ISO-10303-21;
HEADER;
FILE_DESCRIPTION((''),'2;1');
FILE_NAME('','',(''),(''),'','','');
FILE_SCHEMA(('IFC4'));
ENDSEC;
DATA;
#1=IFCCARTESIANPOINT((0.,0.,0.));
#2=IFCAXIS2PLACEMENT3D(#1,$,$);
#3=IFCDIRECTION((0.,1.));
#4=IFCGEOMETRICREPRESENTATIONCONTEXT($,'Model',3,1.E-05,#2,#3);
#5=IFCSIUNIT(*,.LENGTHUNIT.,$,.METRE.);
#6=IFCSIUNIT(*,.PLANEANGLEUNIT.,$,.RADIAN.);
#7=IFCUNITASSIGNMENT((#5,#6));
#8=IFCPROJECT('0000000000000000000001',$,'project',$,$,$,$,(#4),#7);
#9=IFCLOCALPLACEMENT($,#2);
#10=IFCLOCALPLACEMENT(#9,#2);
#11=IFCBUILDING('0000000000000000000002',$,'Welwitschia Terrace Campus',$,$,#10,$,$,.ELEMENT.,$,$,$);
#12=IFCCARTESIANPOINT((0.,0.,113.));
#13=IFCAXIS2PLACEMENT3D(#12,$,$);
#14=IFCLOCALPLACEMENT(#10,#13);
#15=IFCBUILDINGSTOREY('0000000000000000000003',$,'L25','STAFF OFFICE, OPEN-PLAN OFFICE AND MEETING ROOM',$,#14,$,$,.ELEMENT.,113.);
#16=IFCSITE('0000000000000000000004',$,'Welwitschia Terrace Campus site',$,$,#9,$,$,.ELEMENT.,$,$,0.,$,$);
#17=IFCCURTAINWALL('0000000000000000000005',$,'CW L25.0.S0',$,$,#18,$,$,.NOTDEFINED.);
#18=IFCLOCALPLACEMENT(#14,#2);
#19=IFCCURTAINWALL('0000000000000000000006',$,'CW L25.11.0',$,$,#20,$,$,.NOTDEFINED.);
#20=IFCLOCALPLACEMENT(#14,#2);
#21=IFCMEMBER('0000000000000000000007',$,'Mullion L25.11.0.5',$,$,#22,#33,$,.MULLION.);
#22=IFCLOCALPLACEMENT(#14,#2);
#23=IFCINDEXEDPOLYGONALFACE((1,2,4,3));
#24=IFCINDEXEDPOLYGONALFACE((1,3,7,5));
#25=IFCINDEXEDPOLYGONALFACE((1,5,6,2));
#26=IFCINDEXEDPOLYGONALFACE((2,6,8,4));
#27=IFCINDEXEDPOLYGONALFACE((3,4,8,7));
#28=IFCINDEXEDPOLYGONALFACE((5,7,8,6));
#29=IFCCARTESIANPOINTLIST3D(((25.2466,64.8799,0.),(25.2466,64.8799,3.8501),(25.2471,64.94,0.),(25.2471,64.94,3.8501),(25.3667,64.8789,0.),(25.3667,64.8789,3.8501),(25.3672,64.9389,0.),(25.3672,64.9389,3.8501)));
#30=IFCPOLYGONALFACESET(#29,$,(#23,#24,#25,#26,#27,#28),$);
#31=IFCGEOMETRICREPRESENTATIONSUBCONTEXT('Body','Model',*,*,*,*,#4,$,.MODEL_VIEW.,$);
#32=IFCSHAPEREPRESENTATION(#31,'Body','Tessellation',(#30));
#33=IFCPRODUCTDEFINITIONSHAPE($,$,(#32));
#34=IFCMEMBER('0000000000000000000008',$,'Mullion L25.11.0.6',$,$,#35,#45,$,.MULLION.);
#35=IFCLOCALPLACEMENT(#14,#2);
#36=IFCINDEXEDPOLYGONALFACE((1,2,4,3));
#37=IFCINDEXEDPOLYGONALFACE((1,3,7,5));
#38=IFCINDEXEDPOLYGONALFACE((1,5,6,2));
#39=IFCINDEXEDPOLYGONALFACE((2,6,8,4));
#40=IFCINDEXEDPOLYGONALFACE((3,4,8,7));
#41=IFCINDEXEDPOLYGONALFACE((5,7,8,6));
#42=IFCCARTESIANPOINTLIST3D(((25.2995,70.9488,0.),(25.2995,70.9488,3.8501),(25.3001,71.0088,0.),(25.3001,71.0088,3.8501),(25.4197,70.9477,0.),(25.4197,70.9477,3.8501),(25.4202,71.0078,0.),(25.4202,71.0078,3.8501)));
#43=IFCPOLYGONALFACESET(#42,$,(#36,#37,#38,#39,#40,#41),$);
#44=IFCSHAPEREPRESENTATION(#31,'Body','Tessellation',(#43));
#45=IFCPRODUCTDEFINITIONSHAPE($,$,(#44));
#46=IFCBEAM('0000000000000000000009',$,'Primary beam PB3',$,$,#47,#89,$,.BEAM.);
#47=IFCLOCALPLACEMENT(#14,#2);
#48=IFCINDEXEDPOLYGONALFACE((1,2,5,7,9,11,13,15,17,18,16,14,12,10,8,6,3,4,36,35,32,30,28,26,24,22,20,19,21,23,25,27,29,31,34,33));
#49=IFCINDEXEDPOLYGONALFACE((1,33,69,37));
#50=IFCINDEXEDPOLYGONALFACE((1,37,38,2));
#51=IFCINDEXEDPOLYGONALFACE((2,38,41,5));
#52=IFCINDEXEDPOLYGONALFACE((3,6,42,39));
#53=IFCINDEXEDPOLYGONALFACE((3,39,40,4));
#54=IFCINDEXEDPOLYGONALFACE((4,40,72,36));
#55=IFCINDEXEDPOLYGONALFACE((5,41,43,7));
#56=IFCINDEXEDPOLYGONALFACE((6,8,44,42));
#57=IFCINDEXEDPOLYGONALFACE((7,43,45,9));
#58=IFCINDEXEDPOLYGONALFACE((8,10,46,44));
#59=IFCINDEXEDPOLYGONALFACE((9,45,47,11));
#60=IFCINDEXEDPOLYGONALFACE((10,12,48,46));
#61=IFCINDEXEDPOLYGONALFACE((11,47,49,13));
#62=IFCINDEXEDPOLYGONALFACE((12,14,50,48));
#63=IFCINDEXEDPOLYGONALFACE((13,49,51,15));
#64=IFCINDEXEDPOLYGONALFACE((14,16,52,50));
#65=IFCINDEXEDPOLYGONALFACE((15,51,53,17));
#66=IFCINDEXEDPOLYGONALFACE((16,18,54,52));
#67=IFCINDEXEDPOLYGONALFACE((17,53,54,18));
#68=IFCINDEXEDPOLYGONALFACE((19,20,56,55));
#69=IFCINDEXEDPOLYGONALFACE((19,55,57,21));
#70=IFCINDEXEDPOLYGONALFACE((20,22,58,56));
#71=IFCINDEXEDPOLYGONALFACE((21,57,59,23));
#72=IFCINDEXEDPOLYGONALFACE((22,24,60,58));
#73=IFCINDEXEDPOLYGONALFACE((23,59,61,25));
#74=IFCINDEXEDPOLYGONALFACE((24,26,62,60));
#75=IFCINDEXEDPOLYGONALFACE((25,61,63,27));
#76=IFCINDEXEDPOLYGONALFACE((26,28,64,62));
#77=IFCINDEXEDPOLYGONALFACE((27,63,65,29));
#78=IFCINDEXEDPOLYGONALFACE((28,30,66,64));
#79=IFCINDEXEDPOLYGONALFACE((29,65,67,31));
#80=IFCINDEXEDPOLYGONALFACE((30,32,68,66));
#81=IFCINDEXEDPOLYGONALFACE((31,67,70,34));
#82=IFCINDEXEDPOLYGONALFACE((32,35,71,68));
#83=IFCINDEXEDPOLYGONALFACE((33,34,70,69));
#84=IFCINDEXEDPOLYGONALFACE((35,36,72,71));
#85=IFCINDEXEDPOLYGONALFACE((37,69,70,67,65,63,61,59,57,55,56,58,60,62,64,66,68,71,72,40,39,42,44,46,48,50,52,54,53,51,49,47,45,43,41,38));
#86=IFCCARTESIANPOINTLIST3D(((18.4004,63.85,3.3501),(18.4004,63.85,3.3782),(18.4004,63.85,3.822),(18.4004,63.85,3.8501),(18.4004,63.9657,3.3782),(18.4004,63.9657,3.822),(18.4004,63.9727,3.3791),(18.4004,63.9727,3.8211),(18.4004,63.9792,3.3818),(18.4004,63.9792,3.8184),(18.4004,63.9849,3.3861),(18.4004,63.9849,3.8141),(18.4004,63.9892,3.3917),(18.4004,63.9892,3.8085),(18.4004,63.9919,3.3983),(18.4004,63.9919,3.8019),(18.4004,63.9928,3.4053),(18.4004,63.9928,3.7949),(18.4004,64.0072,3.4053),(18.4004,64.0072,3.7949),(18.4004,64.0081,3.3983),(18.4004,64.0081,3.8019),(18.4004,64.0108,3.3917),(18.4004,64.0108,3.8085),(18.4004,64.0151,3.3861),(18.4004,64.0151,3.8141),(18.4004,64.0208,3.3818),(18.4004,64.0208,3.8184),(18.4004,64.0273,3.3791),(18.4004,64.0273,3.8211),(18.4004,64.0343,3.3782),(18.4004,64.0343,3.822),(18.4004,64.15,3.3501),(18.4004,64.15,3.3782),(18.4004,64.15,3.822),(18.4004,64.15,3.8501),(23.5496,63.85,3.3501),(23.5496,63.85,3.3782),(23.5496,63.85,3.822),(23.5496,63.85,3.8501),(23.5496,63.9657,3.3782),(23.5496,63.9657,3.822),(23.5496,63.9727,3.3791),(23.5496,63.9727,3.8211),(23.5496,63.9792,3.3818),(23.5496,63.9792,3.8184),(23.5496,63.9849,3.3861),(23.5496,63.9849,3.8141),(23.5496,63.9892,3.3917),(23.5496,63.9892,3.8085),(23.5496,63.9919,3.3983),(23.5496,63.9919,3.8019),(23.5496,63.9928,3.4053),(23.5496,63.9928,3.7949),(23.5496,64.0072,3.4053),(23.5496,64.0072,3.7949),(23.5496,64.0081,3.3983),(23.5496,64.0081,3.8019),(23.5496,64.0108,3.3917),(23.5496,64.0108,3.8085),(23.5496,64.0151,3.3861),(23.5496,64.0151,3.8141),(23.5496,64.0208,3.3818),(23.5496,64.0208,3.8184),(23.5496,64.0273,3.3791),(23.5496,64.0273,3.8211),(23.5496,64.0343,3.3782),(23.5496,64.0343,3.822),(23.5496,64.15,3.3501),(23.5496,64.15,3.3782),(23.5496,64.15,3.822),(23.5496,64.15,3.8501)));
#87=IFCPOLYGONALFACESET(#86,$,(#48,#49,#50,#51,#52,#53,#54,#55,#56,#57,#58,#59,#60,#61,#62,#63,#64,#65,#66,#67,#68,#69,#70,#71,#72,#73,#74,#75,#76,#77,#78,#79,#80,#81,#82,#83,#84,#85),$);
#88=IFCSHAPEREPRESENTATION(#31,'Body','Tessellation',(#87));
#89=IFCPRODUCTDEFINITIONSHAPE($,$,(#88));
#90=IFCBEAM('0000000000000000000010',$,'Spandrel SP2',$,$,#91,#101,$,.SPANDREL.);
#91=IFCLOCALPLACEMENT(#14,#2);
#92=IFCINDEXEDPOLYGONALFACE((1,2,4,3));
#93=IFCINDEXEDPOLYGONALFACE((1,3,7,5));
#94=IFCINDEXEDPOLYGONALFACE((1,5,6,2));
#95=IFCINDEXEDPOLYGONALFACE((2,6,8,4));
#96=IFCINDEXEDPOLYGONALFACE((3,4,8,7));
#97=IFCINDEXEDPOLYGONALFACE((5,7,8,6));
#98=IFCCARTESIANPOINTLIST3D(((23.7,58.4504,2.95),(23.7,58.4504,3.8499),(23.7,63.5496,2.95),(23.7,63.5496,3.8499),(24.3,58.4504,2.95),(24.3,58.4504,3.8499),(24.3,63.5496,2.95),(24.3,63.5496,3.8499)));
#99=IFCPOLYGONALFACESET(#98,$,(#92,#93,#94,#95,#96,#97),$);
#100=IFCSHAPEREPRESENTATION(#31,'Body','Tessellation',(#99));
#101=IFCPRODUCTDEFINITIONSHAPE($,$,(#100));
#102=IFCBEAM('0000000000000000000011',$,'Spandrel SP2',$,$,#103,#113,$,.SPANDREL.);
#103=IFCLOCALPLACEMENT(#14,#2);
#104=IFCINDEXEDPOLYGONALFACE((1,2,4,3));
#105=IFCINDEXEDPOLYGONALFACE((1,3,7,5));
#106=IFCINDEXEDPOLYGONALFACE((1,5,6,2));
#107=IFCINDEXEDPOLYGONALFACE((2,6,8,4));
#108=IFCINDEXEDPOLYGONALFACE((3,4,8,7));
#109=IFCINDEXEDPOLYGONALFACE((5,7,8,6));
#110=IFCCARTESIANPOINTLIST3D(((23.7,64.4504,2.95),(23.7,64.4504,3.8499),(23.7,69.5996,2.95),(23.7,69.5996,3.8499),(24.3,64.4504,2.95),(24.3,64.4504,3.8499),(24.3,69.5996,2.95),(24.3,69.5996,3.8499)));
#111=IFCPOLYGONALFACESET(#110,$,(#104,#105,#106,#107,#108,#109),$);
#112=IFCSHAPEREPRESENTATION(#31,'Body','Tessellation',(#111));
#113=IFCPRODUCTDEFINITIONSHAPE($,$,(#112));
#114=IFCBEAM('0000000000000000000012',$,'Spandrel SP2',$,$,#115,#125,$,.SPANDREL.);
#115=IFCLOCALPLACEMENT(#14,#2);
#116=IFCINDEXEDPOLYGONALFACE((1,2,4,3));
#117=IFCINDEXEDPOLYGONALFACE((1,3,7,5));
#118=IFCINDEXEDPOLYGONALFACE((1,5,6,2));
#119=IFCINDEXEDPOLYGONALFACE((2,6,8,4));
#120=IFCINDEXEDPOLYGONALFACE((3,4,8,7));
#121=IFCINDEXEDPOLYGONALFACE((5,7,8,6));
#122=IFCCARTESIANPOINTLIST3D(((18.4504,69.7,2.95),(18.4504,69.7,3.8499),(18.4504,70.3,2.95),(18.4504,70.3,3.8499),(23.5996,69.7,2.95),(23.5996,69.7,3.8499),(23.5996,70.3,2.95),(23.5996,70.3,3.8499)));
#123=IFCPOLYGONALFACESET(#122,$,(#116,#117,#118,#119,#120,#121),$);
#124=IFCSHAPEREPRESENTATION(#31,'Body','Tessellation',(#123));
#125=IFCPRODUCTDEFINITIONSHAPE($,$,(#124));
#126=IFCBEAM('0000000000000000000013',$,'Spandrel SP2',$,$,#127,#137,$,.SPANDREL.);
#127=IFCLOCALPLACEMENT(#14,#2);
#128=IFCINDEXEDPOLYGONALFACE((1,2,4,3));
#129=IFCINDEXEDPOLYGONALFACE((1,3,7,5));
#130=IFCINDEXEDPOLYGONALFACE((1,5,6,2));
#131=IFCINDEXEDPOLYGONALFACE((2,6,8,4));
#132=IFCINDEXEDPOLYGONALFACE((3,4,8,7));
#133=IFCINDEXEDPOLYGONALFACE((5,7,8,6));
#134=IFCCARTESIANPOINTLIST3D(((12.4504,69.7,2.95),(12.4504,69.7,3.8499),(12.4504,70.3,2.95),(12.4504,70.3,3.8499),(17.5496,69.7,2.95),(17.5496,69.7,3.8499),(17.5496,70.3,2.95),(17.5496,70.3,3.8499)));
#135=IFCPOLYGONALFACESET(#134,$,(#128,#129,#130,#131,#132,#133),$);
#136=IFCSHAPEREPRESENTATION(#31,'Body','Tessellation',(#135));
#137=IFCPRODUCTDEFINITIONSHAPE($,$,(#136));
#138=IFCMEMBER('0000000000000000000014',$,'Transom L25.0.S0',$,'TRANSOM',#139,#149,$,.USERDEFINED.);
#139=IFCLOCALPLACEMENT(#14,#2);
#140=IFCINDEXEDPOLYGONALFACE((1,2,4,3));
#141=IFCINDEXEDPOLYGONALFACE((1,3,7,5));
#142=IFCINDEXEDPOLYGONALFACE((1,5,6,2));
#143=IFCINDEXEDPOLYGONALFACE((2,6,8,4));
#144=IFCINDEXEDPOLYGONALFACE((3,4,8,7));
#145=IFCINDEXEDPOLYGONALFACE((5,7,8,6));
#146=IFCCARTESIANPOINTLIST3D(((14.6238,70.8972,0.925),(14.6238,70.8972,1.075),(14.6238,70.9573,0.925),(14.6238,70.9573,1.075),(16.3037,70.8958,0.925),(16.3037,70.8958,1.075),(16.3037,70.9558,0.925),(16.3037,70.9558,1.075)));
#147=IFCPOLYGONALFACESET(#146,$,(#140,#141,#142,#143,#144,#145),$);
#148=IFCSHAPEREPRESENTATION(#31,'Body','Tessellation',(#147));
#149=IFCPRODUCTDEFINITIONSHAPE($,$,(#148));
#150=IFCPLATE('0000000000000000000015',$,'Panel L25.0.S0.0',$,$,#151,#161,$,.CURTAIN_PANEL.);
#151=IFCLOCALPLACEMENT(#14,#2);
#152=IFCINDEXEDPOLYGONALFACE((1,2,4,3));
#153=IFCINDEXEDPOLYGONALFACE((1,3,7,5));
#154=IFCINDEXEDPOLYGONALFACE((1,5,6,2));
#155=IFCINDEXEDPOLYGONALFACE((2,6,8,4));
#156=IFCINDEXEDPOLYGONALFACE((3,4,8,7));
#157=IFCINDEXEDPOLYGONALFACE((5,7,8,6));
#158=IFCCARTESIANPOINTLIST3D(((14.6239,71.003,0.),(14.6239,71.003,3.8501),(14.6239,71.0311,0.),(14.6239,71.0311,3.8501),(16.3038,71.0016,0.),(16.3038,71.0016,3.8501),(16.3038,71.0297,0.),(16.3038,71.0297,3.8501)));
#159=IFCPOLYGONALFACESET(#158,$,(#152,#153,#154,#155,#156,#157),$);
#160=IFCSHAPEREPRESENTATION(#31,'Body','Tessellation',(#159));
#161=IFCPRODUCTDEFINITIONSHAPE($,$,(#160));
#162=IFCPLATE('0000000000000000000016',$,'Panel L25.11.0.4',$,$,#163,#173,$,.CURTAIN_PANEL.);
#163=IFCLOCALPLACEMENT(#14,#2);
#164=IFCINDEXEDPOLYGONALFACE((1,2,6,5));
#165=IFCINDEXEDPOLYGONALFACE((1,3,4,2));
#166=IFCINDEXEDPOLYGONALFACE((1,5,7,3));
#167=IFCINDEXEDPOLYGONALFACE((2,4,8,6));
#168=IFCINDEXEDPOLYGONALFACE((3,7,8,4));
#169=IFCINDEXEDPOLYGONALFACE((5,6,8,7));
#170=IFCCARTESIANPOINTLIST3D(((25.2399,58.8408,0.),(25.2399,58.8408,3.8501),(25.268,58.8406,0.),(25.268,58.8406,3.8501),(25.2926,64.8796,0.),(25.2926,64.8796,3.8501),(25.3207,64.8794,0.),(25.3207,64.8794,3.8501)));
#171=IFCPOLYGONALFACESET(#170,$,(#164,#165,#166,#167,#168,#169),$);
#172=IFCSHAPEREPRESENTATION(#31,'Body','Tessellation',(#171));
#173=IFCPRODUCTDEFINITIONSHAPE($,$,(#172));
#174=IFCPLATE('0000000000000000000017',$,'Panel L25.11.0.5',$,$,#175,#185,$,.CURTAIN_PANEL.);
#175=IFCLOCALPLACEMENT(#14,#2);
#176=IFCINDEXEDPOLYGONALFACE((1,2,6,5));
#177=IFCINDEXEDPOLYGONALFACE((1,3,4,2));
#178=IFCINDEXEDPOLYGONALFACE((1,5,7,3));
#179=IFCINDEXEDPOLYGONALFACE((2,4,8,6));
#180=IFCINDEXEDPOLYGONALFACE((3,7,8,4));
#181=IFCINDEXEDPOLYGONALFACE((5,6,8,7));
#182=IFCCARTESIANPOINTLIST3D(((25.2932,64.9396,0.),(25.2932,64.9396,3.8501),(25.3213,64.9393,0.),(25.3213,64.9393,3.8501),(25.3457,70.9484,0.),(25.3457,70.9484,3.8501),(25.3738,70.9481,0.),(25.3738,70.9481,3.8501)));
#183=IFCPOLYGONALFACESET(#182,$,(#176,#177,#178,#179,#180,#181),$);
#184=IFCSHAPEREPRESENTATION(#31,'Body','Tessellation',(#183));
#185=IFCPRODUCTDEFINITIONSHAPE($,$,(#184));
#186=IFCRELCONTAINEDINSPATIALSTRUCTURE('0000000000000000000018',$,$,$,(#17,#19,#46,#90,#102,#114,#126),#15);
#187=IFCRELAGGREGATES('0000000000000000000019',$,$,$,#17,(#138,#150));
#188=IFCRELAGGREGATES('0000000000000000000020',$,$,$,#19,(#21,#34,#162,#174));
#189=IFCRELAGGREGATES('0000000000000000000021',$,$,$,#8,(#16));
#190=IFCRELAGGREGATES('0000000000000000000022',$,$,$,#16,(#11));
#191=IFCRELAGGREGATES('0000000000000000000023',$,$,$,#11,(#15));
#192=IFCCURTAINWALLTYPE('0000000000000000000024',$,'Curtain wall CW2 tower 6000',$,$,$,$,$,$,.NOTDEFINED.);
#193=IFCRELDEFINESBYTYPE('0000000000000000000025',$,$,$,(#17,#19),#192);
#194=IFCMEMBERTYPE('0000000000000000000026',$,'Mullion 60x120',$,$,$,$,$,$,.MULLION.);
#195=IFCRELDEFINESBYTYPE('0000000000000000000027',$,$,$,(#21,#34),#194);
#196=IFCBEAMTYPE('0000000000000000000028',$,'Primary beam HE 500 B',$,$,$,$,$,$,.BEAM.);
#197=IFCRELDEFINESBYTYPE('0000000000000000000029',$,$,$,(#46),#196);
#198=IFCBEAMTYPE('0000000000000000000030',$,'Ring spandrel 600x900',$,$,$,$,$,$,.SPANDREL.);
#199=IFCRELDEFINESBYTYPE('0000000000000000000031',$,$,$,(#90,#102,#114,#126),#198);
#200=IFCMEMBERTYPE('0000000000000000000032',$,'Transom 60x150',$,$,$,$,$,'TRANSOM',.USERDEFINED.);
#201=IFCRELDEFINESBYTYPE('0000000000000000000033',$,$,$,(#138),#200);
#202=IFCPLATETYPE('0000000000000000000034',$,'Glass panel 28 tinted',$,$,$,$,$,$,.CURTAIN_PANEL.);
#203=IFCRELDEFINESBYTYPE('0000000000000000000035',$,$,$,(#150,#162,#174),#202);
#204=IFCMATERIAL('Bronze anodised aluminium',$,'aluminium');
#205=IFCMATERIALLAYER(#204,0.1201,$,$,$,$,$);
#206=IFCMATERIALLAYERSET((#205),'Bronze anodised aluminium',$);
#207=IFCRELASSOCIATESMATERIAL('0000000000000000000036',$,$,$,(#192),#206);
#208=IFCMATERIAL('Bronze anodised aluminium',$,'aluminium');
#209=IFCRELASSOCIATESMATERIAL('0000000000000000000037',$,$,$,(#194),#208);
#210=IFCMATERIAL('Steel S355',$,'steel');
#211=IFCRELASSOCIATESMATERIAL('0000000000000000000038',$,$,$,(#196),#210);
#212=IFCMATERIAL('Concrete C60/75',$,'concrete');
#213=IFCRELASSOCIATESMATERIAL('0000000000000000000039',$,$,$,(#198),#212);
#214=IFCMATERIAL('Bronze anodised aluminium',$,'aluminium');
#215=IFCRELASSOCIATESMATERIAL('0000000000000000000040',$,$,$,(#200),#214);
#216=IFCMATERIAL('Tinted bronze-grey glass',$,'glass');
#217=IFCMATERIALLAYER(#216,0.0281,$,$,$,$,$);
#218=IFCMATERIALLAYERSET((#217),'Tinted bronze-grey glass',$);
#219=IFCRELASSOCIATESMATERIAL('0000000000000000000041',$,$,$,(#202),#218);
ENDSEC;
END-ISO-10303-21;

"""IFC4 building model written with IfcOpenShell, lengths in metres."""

from ifc_helpers import new_model, si_unit, direction, frame, origin, origin_2d, place, context, subcontext, project, spatial, rectangle, i_section, extrude, material, layer, layer_set, material_profile, profile_set, type_object, element, aggregate, save


model = new_model("IFC4")

# Units and contexts
model_context = context("Model", 3, precision=1e-05, world=origin(), true_north=direction((0.0, 1.0)))
body_context = subcontext(model_context, "Body", "Model", "MODEL_VIEW")
ifc_project = project(units=[si_unit("LENGTHUNIT", "METRE"), si_unit("PLANEANGLEUNIT", "RADIAN")], contexts=[model_context])

# Site, building, storey
site_placement = place(None, origin())
site = spatial("IfcSite", under=ifc_project, at=site_placement, Name="Welwitschia Terrace Campus site", CompositionType="ELEMENT", RefElevation=0.0)
building_placement = place(site_placement, origin())
building = spatial("IfcBuilding", under=site, at=building_placement, Name="Welwitschia Terrace Campus", CompositionType="ELEMENT")
storey_placement = place(building_placement, frame((0.0, 0.0, 113.0)))
storey = spatial("IfcBuildingStorey", under=building, at=storey_placement, Name="L25", Description="STAFF OFFICE, OPEN-PLAN OFFICE AND MEETING ROOM", CompositionType="ELEMENT", Elevation=113.0)

# Curtain walls, members
ifc_material_1 = material(Name="Bronze anodised aluminium", Category="aluminium")
ifc_layer_1 = layer(ifc_material_1, 0.1201)
ifc_layer_set_1 = layer_set([ifc_layer_1], Name="Bronze anodised aluminium")
curtain_wall_type = type_object("IfcCurtainWallType", Name="Curtain wall CW2 tower 6000", PredefinedType="NOTDEFINED", material=ifc_layer_set_1)
curtain_wall_1_placement = place(storey_placement, origin())
curtain_wall_1 = element("IfcCurtainWall", 1, at=curtain_wall_1_placement, inside=storey, type_object=curtain_wall_type, Name="CW L25.0.S0", PredefinedType="NOTDEFINED")
ifc_material_2 = material(Name="Bronze anodised aluminium", Category="aluminium")
ifc_material_profile_1 = material_profile(ifc_material_2, rectangle(XDim=0.1201, YDim=0.0601, at=origin_2d()))
ifc_profile_set_1 = profile_set([ifc_material_profile_1], Name="Bronze anodised aluminium")
member_type_1 = type_object("IfcMemberType", Name="Mullion 60x120", PredefinedType="MULLION", material=ifc_profile_set_1)
curtain_wall_2_placement = place(storey_placement, origin())
curtain_wall_2 = element("IfcCurtainWall", 2, at=curtain_wall_2_placement, inside=storey, type_object=curtain_wall_type, Name="CW L25.11.0", PredefinedType="NOTDEFINED")
member_1_placement = place(storey_placement, frame((25.3069, 64.9094, 0.0), z_axis=(0.0, 0.0, 1.0), x_axis=(-0.999962, 0.008727, 0.0)))
member_1 = element("IfcMember", 3, at=member_1_placement, type_object=member_type_1, Name="Mullion L25.11.0.5", PredefinedType="MULLION", context=body_context, shape_type="SweptSolid", body=[
    extrude(rectangle(XDim=0.1201, YDim=0.0601, at=origin_2d()), origin(), (0.0, 0.0, 1.0), 3.8501),
])
member_2_placement = place(storey_placement, frame((25.3599, 70.9783, 0.0), z_axis=(0.0, 0.0, 1.0), x_axis=(-0.999962, 0.008727, 0.0)))
member_2 = element("IfcMember", 4, at=member_2_placement, type_object=member_type_1, Name="Mullion L25.11.0.6", PredefinedType="MULLION", context=body_context, shape_type="SweptSolid", body=[
    extrude(rectangle(XDim=0.1201, YDim=0.0601, at=origin_2d()), origin(), (0.0, 0.0, 1.0), 3.8501),
])

# Beams
ifc_material_3 = material(Name="Steel S355", Category="steel")
ifc_material_profile_2 = material_profile(ifc_material_3, i_section(OverallWidth=0.3, OverallDepth=0.5, WebThickness=0.0144, FlangeThickness=0.0281, FilletRadius=0.0271, at=origin_2d()))
ifc_profile_set_2 = profile_set([ifc_material_profile_2], Name="Steel S355")
beam_type_1 = type_object("IfcBeamType", Name="Primary beam HE 500 B", PredefinedType="BEAM", material=ifc_profile_set_2)
beam_1_placement = place(storey_placement, frame((23.5496, 64.0, 3.6001), z_axis=(-1.0, 0.0, 0.0), x_axis=(0.0, -1.0, 0.0)))
element("IfcBeam", 5, at=beam_1_placement, inside=storey, type_object=beam_type_1, Name="Primary beam PB3", PredefinedType="BEAM", context=body_context, shape_type="SweptSolid", body=[
    extrude(i_section(OverallWidth=0.3, OverallDepth=0.5, WebThickness=0.0144, FlangeThickness=0.0281, FilletRadius=0.0271, at=origin_2d()), origin(), (0.0, 0.0, 1.0), 5.1492),
])
ifc_material_4 = material(Name="Concrete C60/75", Category="concrete")
ifc_material_profile_3 = material_profile(ifc_material_4, rectangle(XDim=0.6001, YDim=0.8999, at=origin_2d()))
ifc_profile_set_3 = profile_set([ifc_material_profile_3], Name="Concrete C60/75")
beam_type_2 = type_object("IfcBeamType", Name="Ring spandrel 600x900", PredefinedType="SPANDREL", material=ifc_profile_set_3)
beam_2_placement = place(storey_placement, frame((24.0, 58.4504, 3.3999), z_axis=(0.0, 1.0, 0.0), x_axis=(-1.0, 0.0, 0.0)))
element("IfcBeam", 6, at=beam_2_placement, inside=storey, type_object=beam_type_2, Name="Spandrel SP2", PredefinedType="SPANDREL", context=body_context, shape_type="SweptSolid", body=[
    extrude(rectangle(XDim=0.6001, YDim=0.8999, at=origin_2d()), origin(), (0.0, 0.0, 1.0), 5.0991),
])
for number, where, z_axis, x_axis, name in (
    (7, (24.0, 64.4504, 3.3999), (0.0, 1.0, 0.0), (-1.0, 0.0, 0.0), "Spandrel SP2"),
    (8, (23.5996, 70.0, 3.3999), (-1.0, 0.0, 0.0), (0.0, -1.0, 0.0), "Spandrel SP2"),
):
    element("IfcBeam", number, at=place(storey_placement, frame(where, z_axis=z_axis, x_axis=x_axis)), inside=storey, type_object=beam_type_2, Name=name, PredefinedType="SPANDREL", context=body_context, shape_type="SweptSolid", body=[
        extrude(rectangle(XDim=0.6001, YDim=0.8999, at=origin_2d()), origin(), (0.0, 0.0, 1.0), 5.1492),
    ])
beam_3_placement = place(storey_placement, frame((17.5496, 70.0, 3.3999), z_axis=(-1.0, 0.0, 0.0), x_axis=(0.0, -1.0, 0.0)))
element("IfcBeam", 9, at=beam_3_placement, inside=storey, type_object=beam_type_2, Name="Spandrel SP2", PredefinedType="SPANDREL", context=body_context, shape_type="SweptSolid", body=[
    extrude(rectangle(XDim=0.6001, YDim=0.8999, at=origin_2d()), origin(), (0.0, 0.0, 1.0), 5.0991),
])

# Member
ifc_material_5 = material(Name="Bronze anodised aluminium", Category="aluminium")
ifc_material_profile_4 = material_profile(ifc_material_5, rectangle(XDim=0.0601, YDim=0.1499, at=origin_2d()))
ifc_profile_set_4 = profile_set([ifc_material_profile_4], Name="Bronze anodised aluminium")
member_type_2 = type_object("IfcMemberType", Name="Transom 60x150", ElementType="TRANSOM", PredefinedType="USERDEFINED", material=ifc_profile_set_4)
member_3_placement = place(storey_placement, frame((16.3037, 70.9258, 1.0), z_axis=(-1.0, 0.000872, 0.0), x_axis=(-0.000872, -1.0, 0.0)))
member_3 = element("IfcMember", 10, at=member_3_placement, type_object=member_type_2, Name="Transom L25.0.S0", ObjectType="TRANSOM", PredefinedType="USERDEFINED", context=body_context, shape_type="SweptSolid", body=[
    extrude(rectangle(XDim=0.0601, YDim=0.1499, at=origin_2d()), origin(), (0.0, 0.0, 1.0), 1.6799),
])

# Plates
ifc_material_6 = material(Name="Tinted bronze-grey glass", Category="glass")
ifc_layer_2 = layer(ifc_material_6, 0.0281)
ifc_layer_set_2 = layer_set([ifc_layer_2], Name="Tinted bronze-grey glass")
plate_type = type_object("IfcPlateType", Name="Glass panel 28 tinted", PredefinedType="CURTAIN_PANEL", material=ifc_layer_set_2)
plate_1_placement = place(storey_placement, frame((15.4639, 71.0164, 0.0), z_axis=(0.0, 0.0, 1.0), x_axis=(-1.0, 0.000824, 0.0)))
plate_1 = element("IfcPlate", 11, at=plate_1_placement, type_object=plate_type, Name="Panel L25.0.S0.0", PredefinedType="CURTAIN_PANEL", context=body_context, shape_type="SweptSolid", body=[
    extrude(rectangle(XDim=1.6799, YDim=0.0281, at=origin_2d()), origin(), (0.0, 0.0, 1.0), 3.8501),
])
aggregate(curtain_wall_1, [member_3, plate_1])
plate_2_placement = place(storey_placement, frame((25.2803, 61.8601, 0.0), z_axis=(0.0, 0.0, 1.0), x_axis=(0.008727, 0.999962, 0.0)))
plate_2 = element("IfcPlate", 12, at=plate_2_placement, type_object=plate_type, Name="Panel L25.11.0.4", PredefinedType="CURTAIN_PANEL", context=body_context, shape_type="SweptSolid", body=[
    extrude(rectangle(XDim=6.0391, YDim=0.0281, at=origin_2d()), origin(), (0.0, 0.0, 1.0), 3.8501),
])
plate_3_placement = place(storey_placement, frame((25.3335, 67.9438, 0.0), z_axis=(0.0, 0.0, 1.0), x_axis=(0.008727, 0.999962, 0.0)))
plate_3 = element("IfcPlate", 13, at=plate_3_placement, type_object=plate_type, Name="Panel L25.11.0.5", PredefinedType="CURTAIN_PANEL", context=body_context, shape_type="SweptSolid", body=[
    extrude(rectangle(XDim=6.009, YDim=0.0281, at=origin_2d()), origin(), (0.0, 0.0, 1.0), 3.8501),
])
aggregate(curtain_wall_2, [member_1, member_2, plate_2, plate_3])

save(model, "model.ifc")
